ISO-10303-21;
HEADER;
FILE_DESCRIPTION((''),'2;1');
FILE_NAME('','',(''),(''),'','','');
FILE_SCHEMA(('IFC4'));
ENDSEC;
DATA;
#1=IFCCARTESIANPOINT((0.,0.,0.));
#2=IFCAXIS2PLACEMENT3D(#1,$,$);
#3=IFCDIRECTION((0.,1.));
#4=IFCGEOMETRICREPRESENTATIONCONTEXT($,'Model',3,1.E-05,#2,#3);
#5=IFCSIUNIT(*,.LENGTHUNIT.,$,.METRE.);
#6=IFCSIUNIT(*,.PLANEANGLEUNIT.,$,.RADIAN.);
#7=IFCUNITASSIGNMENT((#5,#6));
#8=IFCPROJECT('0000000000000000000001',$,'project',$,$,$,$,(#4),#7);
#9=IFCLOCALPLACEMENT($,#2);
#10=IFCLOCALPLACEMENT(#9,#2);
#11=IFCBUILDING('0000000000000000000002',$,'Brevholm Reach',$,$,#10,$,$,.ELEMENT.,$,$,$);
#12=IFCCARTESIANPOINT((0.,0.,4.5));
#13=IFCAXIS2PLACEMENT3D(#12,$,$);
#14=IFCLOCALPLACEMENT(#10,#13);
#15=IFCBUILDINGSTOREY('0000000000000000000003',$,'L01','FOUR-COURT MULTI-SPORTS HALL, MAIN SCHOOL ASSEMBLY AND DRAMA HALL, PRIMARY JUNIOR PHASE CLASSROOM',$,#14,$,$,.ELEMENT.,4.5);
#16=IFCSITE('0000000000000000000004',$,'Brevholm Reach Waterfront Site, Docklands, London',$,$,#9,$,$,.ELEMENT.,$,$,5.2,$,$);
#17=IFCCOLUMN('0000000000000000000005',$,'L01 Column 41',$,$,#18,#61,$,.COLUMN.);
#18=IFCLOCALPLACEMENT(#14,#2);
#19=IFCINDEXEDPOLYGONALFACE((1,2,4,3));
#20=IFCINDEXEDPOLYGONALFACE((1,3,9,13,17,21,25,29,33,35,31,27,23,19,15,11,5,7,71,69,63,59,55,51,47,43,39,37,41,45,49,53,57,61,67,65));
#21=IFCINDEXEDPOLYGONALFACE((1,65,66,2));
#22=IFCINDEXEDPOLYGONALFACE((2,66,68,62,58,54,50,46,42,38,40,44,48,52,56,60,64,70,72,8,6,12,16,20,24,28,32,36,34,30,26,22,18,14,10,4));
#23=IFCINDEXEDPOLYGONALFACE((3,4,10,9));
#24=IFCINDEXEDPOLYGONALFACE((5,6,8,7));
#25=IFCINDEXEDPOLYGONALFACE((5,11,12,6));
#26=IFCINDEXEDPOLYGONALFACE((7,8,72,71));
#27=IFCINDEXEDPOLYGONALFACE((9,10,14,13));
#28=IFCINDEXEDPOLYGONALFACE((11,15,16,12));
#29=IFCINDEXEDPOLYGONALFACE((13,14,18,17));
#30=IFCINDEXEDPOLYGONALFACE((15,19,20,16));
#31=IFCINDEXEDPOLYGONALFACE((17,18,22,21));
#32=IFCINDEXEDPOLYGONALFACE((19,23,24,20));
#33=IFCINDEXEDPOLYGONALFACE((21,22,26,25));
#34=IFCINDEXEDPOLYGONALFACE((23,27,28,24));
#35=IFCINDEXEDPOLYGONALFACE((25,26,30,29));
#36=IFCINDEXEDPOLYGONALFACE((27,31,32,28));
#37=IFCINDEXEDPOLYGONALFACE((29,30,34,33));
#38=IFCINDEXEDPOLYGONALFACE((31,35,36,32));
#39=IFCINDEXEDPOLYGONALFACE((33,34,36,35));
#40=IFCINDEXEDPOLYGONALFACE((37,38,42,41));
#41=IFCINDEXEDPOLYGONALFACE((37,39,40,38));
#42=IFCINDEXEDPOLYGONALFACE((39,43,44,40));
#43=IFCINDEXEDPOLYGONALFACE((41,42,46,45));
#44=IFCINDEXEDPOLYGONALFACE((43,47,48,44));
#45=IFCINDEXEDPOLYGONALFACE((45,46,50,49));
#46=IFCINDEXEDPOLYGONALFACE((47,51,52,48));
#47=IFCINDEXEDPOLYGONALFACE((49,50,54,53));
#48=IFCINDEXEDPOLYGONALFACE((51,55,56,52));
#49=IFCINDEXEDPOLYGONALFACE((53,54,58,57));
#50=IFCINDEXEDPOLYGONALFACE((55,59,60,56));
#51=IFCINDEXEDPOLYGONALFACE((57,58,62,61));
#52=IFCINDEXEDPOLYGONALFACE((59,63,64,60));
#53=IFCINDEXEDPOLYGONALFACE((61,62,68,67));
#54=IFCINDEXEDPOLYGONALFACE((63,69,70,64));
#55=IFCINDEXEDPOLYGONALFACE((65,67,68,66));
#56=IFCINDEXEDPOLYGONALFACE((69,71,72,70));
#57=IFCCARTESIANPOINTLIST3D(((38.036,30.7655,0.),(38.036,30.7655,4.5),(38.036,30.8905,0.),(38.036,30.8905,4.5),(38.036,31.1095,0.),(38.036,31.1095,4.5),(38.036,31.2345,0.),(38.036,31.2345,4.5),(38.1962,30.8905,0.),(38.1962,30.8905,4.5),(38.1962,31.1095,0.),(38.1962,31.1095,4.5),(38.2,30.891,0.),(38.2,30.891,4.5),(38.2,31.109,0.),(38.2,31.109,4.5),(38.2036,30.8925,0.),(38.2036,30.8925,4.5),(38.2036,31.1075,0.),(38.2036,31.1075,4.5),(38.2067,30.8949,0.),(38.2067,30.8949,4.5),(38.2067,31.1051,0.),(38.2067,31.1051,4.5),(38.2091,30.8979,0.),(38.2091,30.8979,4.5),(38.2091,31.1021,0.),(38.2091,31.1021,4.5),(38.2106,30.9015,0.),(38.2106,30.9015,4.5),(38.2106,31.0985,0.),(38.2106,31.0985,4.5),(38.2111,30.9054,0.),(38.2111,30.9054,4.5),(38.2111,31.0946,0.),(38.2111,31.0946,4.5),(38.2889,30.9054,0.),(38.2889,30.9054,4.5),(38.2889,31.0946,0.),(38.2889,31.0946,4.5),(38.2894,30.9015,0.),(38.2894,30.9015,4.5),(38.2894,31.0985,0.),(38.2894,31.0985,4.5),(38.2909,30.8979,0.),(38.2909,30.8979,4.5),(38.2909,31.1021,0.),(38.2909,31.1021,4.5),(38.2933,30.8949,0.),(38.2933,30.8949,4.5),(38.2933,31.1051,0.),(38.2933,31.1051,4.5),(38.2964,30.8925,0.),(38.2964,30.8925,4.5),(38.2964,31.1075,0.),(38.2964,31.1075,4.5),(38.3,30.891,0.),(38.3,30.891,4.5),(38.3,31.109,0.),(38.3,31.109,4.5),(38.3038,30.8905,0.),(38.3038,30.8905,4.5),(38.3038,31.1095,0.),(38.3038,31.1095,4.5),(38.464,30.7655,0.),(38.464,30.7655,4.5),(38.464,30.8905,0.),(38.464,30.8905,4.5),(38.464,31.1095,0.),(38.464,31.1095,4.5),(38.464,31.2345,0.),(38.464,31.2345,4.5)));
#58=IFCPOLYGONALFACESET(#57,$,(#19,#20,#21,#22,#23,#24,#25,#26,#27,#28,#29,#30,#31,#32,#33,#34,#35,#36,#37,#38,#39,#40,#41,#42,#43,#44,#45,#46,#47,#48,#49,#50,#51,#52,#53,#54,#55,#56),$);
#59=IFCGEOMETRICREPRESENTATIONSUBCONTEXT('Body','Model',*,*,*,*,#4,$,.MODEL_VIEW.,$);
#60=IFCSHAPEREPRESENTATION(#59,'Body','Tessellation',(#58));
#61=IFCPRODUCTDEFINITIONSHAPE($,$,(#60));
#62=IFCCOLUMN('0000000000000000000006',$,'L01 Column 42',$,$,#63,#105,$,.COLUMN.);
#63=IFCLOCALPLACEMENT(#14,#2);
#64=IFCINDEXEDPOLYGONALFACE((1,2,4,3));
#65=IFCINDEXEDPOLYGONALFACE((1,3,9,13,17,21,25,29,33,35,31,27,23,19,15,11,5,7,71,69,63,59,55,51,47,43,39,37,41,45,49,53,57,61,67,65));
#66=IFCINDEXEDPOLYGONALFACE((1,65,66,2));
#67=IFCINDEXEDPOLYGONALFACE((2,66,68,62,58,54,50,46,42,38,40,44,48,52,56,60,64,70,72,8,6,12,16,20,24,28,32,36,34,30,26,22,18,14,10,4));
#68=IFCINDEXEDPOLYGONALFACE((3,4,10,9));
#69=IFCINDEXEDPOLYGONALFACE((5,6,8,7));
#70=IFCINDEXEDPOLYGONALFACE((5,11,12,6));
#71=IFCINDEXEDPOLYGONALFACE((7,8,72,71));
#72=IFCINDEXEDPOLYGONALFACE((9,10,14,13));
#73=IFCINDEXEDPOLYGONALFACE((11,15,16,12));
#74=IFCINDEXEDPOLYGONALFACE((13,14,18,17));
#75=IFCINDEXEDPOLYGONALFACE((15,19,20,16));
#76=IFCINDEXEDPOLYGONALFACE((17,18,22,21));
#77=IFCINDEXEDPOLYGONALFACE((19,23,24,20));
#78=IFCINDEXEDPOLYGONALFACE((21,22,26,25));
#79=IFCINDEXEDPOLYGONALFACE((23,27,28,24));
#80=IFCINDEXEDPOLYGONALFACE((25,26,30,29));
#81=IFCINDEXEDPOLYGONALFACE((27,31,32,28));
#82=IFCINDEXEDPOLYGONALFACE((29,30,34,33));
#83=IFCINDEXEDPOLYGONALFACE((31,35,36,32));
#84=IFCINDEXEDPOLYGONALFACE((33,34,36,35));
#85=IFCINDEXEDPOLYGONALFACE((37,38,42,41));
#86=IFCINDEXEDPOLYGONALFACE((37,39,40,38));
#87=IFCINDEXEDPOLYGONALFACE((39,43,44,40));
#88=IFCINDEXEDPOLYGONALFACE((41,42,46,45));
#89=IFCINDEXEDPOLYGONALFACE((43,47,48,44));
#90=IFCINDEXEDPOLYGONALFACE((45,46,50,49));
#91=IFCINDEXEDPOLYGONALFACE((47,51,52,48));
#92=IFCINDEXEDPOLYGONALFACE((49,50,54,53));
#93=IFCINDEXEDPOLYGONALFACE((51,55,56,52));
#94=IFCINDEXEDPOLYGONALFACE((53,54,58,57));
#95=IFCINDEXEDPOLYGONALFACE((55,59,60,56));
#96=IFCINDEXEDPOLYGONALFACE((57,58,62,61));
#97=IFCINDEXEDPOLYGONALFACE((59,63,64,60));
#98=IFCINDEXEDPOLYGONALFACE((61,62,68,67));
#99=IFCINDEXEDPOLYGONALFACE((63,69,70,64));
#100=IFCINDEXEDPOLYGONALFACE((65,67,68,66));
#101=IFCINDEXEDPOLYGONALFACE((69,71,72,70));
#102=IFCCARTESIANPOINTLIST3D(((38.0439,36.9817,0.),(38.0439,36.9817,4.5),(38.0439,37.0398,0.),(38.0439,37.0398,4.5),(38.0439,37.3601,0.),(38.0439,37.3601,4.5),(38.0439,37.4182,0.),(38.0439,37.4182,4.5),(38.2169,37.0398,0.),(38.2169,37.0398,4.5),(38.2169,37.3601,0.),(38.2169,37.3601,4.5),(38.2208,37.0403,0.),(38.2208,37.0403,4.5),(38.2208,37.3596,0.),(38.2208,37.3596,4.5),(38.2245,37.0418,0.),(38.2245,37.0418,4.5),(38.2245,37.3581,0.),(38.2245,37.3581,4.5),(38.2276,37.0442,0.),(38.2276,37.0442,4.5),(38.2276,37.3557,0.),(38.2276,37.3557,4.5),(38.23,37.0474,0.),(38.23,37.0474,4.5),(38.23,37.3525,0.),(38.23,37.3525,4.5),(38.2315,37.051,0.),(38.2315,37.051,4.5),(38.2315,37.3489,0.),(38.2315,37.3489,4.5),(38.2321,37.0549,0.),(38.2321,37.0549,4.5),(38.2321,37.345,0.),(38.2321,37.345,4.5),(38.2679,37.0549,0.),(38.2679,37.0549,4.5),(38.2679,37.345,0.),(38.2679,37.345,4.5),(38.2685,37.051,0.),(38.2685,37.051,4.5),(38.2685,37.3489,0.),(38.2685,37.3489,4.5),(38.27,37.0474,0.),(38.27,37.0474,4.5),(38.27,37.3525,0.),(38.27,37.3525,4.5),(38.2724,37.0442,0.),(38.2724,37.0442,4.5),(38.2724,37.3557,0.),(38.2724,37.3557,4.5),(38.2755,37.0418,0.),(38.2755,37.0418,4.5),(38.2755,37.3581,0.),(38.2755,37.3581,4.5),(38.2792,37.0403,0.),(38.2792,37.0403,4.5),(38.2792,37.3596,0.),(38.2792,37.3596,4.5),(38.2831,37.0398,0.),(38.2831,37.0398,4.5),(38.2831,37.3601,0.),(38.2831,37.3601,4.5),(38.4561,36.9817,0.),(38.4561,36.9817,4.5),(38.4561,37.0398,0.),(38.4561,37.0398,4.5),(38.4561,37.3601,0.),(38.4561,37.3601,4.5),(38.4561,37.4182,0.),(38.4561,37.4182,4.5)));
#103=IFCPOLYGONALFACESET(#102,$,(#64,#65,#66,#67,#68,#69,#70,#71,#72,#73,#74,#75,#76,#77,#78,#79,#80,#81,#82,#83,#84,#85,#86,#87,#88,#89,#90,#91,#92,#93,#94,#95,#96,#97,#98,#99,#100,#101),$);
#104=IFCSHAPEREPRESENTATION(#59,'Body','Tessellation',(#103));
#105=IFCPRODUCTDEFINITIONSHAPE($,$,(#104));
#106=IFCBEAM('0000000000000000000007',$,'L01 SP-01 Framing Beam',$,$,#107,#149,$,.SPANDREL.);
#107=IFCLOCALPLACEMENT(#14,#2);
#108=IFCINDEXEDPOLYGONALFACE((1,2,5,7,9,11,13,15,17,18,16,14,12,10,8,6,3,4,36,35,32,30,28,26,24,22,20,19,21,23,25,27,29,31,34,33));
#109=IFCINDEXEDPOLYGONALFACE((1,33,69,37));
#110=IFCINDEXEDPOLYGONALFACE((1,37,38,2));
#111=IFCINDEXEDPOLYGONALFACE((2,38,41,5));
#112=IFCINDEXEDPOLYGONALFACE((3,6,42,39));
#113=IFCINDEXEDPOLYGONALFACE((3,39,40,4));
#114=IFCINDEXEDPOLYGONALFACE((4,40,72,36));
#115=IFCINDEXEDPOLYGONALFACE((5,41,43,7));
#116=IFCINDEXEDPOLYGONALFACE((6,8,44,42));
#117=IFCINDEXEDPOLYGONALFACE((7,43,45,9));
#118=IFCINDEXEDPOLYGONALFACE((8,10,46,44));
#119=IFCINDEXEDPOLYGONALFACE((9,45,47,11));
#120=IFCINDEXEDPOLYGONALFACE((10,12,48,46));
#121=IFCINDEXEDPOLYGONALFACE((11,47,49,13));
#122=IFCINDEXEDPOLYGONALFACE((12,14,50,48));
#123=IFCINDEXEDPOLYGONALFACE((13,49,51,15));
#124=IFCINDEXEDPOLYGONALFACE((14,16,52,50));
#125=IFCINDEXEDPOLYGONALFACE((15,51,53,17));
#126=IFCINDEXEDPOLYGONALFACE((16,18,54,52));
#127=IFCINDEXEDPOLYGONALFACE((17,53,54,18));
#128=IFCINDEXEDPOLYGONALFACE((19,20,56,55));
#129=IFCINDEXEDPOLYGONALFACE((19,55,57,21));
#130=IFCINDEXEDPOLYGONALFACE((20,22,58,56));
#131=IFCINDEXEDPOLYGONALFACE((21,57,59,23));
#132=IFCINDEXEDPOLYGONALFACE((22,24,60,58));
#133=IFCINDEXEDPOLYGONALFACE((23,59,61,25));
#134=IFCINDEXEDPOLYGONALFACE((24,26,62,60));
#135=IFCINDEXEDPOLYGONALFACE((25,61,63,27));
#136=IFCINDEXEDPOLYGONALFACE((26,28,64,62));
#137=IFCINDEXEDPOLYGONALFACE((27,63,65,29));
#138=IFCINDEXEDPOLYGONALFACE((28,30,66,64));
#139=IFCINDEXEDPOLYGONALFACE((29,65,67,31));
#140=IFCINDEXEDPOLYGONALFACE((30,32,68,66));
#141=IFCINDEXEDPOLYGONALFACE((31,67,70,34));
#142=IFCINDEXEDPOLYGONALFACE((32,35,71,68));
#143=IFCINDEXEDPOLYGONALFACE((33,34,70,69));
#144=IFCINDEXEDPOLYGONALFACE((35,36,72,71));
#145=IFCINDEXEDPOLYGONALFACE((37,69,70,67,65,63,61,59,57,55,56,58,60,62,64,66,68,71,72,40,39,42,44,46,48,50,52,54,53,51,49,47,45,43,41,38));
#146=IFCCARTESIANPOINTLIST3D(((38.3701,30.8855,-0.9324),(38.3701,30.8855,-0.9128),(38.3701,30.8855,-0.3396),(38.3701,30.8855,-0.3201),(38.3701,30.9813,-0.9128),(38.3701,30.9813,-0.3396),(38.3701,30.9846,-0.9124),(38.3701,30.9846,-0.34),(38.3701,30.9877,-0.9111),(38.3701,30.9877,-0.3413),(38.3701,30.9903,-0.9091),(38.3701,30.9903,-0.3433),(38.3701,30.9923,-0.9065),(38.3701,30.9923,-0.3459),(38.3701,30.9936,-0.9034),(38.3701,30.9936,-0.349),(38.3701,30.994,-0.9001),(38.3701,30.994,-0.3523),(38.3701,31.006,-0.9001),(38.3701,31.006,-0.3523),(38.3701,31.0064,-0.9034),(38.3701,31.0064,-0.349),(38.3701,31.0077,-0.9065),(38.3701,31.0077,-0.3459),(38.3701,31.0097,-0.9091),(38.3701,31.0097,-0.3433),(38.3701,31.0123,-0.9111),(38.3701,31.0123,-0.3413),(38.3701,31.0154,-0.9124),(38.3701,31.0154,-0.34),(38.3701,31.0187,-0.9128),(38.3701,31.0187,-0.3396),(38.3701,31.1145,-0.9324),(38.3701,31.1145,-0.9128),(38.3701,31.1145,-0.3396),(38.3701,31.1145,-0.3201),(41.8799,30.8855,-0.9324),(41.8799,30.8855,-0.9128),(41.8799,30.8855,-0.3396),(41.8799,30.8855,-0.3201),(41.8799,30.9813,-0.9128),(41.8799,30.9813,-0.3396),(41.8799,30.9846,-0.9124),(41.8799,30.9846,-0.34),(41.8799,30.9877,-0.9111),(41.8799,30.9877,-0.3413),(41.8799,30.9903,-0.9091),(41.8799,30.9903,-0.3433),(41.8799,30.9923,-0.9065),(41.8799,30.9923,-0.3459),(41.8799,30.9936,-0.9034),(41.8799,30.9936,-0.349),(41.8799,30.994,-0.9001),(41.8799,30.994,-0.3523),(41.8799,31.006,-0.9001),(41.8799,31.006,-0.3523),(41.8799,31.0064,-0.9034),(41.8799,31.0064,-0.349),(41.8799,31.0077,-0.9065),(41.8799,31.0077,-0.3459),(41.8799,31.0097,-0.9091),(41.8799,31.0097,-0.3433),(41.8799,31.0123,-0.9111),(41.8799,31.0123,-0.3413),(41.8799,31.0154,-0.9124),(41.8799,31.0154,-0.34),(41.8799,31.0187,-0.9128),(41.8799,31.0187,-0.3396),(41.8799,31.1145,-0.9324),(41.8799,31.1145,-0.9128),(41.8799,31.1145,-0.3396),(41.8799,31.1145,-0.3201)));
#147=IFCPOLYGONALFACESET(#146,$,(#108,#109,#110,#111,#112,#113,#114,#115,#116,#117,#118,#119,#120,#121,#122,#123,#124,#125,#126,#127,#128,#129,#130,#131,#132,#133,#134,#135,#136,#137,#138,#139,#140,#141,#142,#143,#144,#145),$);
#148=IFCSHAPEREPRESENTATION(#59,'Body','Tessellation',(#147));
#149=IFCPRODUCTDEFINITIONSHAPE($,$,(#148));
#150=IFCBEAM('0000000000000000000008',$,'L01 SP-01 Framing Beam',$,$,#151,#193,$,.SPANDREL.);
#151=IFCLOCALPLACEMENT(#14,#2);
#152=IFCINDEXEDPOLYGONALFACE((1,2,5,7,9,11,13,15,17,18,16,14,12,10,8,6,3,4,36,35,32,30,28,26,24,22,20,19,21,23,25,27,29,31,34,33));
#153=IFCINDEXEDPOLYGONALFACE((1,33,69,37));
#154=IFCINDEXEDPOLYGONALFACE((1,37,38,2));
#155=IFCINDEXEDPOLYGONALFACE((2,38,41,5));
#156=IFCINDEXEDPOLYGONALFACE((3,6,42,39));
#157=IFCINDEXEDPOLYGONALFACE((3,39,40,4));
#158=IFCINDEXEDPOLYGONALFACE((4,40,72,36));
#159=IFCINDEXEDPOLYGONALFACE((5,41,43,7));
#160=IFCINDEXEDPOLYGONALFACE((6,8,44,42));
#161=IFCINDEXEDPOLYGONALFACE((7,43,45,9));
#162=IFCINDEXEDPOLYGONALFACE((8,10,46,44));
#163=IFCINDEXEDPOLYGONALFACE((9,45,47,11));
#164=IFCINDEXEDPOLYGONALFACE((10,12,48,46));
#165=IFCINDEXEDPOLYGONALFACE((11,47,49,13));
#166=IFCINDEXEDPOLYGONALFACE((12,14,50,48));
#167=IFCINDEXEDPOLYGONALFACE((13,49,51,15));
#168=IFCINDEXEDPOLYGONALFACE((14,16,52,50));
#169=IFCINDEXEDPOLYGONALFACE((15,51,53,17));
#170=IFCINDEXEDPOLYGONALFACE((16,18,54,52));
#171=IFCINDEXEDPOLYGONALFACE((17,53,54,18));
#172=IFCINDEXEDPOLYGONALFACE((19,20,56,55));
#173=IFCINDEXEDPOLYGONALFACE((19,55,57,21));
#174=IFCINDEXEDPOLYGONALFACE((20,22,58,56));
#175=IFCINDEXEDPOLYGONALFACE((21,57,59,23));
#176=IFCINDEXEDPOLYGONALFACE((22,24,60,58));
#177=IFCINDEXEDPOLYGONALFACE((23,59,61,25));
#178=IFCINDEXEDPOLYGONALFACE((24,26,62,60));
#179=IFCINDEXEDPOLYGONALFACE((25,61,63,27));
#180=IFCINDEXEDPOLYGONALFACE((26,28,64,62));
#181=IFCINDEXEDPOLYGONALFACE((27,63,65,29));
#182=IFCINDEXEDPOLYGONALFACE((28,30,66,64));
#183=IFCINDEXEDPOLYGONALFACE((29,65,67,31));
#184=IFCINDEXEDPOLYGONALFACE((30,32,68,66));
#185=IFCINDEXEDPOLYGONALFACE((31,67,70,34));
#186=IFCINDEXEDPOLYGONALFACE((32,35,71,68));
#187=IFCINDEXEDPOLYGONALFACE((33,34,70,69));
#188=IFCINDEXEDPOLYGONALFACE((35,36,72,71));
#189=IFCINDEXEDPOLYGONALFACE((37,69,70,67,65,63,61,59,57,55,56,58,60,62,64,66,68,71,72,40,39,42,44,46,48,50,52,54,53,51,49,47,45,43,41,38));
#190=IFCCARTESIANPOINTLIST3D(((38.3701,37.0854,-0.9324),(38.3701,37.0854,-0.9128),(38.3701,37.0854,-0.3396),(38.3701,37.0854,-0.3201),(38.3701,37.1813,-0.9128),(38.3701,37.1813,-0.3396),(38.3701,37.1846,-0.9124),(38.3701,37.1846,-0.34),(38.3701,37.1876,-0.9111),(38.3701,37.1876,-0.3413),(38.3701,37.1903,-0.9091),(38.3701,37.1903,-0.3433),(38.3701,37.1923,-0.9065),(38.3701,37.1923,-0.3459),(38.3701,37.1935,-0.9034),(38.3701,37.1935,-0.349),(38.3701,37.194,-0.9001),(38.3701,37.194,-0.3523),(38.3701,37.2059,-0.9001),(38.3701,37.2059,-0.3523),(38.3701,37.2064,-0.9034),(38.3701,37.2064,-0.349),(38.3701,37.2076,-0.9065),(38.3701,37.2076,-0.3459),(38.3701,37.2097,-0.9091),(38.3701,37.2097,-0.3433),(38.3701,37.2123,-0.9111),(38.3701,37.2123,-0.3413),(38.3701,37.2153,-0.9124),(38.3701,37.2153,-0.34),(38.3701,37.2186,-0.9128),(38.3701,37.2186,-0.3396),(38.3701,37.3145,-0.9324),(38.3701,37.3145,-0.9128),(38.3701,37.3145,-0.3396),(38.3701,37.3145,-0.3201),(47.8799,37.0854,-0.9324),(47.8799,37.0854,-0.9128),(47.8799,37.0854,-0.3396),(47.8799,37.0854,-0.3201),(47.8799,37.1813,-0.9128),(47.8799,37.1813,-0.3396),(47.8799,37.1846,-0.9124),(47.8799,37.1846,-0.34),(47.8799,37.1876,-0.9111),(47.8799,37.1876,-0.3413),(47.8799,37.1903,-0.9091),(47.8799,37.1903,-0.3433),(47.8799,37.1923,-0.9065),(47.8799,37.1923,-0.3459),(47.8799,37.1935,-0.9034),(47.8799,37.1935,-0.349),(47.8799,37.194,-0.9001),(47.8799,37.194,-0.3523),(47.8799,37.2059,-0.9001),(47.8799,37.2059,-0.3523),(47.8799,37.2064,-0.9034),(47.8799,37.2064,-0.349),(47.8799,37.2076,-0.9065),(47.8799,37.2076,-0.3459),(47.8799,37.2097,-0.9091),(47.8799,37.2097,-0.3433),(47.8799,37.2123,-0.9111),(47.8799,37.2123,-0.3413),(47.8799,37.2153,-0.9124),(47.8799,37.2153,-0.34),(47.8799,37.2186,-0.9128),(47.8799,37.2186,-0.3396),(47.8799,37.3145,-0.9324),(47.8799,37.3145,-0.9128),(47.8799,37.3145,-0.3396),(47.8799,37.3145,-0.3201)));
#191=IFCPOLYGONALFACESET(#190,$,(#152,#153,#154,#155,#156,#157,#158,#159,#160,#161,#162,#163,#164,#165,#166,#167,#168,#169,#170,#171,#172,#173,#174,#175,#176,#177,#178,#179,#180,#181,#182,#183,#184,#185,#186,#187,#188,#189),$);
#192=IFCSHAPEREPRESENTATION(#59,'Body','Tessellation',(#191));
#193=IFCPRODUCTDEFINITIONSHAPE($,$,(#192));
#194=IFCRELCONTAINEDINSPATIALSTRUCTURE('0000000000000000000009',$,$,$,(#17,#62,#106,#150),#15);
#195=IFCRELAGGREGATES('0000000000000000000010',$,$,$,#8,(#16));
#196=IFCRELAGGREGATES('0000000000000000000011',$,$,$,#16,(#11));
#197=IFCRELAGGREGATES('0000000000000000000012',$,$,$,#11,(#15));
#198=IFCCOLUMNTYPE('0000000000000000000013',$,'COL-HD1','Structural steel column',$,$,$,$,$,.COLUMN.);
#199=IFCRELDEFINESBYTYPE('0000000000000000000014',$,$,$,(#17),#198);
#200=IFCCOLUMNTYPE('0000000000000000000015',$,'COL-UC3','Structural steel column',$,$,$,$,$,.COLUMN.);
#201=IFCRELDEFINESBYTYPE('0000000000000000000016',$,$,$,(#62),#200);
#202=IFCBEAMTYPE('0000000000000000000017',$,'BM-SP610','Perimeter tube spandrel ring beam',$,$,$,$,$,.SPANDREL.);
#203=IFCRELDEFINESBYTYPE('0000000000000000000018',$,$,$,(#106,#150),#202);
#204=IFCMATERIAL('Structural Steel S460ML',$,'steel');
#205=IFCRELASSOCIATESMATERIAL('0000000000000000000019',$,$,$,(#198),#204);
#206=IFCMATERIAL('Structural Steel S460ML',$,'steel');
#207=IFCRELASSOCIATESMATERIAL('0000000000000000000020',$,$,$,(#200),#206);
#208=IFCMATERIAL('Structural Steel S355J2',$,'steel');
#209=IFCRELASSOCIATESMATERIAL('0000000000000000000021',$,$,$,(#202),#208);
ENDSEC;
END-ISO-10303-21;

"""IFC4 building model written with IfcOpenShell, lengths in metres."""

from ifc_helpers import new_model, si_unit, direction, frame, origin, origin_2d, place, context, subcontext, project, spatial, i_section, extrude, material, material_profile, profile_set, type_object, element, save


model = new_model("IFC4")

# Units and contexts
model_context = context("Model", 3, precision=1e-05, world=origin(), true_north=direction((0.0, 1.0)))
body_context = subcontext(model_context, "Body", "Model", "MODEL_VIEW")
ifc_project = project(units=[si_unit("LENGTHUNIT", "METRE"), si_unit("PLANEANGLEUNIT", "RADIAN")], contexts=[model_context])

# Site, building, storey
site_placement = place(None, origin())
site = spatial("IfcSite", under=ifc_project, at=site_placement, Name="Brevholm Reach Waterfront Site, Docklands, London", CompositionType="ELEMENT", RefElevation=5.2)
building_placement = place(site_placement, origin())
building = spatial("IfcBuilding", under=site, at=building_placement, Name="Brevholm Reach", CompositionType="ELEMENT")
storey_placement = place(building_placement, frame((0.0, 0.0, 4.5)))
storey = spatial("IfcBuildingStorey", under=building, at=storey_placement, Name="L01", Description="FOUR-COURT MULTI-SPORTS HALL, MAIN SCHOOL ASSEMBLY AND DRAMA HALL, PRIMARY JUNIOR PHASE CLASSROOM", CompositionType="ELEMENT", Elevation=4.5)

# Columns
ifc_material_1 = material(Name="Structural Steel S460ML", Category="steel")
ifc_material_profile_1 = material_profile(ifc_material_1, i_section(OverallWidth=0.428, OverallDepth=0.469, WebThickness=0.0779, FlangeThickness=0.125, FilletRadius=0.0149, at=origin_2d()), Name="HD 400x1086")
ifc_profile_set_1 = profile_set([ifc_material_profile_1], Name="Structural Steel S460ML")
column_type_1 = type_object("IfcColumnType", Name="COL-HD1", Description="Structural steel column", PredefinedType="COLUMN", material=ifc_profile_set_1)
column_1_placement = place(storey_placement, frame((38.25, 31.0, 0.0), z_axis=(0.0, 0.0, 1.0), x_axis=(1.0, 0.0, 0.0)))
element("IfcColumn", 1, at=column_1_placement, inside=storey, type_object=column_type_1, Name="L01 Column 41", PredefinedType="COLUMN", context=body_context, shape_type="SweptSolid", body=[
    extrude(i_section(OverallWidth=0.428, OverallDepth=0.469, WebThickness=0.0779, FlangeThickness=0.125, FilletRadius=0.0149, at=origin_2d()), origin(), (0.0, 0.0, 1.0), 4.5),
])
ifc_material_2 = material(Name="Structural Steel S460ML", Category="steel")
ifc_material_profile_2 = material_profile(ifc_material_2, i_section(OverallWidth=0.4121, OverallDepth=0.4365, WebThickness=0.0359, FlangeThickness=0.0581, FilletRadius=0.0151, at=origin_2d()), Name="UKC 356x406x467")
ifc_profile_set_2 = profile_set([ifc_material_profile_2], Name="Structural Steel S460ML")
column_type_2 = type_object("IfcColumnType", Name="COL-UC3", Description="Structural steel column", PredefinedType="COLUMN", material=ifc_profile_set_2)
column_2_placement = place(storey_placement, frame((38.25, 37.2, 0.0), z_axis=(0.0, 0.0, 1.0), x_axis=(1.0, 0.0, 0.0)))
element("IfcColumn", 2, at=column_2_placement, inside=storey, type_object=column_type_2, Name="L01 Column 42", PredefinedType="COLUMN", context=body_context, shape_type="SweptSolid", body=[
    extrude(i_section(OverallWidth=0.4121, OverallDepth=0.4365, WebThickness=0.0359, FlangeThickness=0.0581, FilletRadius=0.0151, at=origin_2d()), origin(), (0.0, 0.0, 1.0), 4.5),
])

# Beams
ifc_material_3 = material(Name="Structural Steel S355J2", Category="steel")
ifc_material_profile_3 = material_profile(ifc_material_3, i_section(OverallWidth=0.229, OverallDepth=0.6123, WebThickness=0.012, FlangeThickness=0.0195, FilletRadius=0.0127, at=origin_2d()), Name="UKB 610x229x125")
ifc_profile_set_3 = profile_set([ifc_material_profile_3], Name="Structural Steel S355J2")
beam_type_1 = type_object("IfcBeamType", Name="BM-SP610", Description="Perimeter tube spandrel ring beam", PredefinedType="SPANDREL", material=ifc_profile_set_3)
beam_1_placement = place(storey_placement, frame((38.3701, 31.0, -0.6262), z_axis=(1.0, 0.0, 0.0), x_axis=(0.0, 1.0, 0.0)))
element("IfcBeam", 3, at=beam_1_placement, inside=storey, type_object=beam_type_1, Name="L01 SP-01 Framing Beam", PredefinedType="SPANDREL", context=body_context, shape_type="SweptSolid", body=[
    extrude(i_section(OverallWidth=0.229, OverallDepth=0.6123, WebThickness=0.012, FlangeThickness=0.0195, FilletRadius=0.0127, at=origin_2d()), origin(), (0.0, 0.0, 1.0), 3.5098),
])
beam_2_placement = place(storey_placement, frame((38.3701, 37.2, -0.6262), z_axis=(1.0, 0.0, 0.0), x_axis=(0.0, 1.0, 0.0)))
element("IfcBeam", 4, at=beam_2_placement, inside=storey, type_object=beam_type_1, Name="L01 SP-01 Framing Beam", PredefinedType="SPANDREL", context=body_context, shape_type="SweptSolid", body=[
    extrude(i_section(OverallWidth=0.229, OverallDepth=0.6123, WebThickness=0.012, FlangeThickness=0.0195, FilletRadius=0.0127, at=origin_2d()), origin(), (0.0, 0.0, 1.0), 9.5098),
])

save(model, "model.ifc")
